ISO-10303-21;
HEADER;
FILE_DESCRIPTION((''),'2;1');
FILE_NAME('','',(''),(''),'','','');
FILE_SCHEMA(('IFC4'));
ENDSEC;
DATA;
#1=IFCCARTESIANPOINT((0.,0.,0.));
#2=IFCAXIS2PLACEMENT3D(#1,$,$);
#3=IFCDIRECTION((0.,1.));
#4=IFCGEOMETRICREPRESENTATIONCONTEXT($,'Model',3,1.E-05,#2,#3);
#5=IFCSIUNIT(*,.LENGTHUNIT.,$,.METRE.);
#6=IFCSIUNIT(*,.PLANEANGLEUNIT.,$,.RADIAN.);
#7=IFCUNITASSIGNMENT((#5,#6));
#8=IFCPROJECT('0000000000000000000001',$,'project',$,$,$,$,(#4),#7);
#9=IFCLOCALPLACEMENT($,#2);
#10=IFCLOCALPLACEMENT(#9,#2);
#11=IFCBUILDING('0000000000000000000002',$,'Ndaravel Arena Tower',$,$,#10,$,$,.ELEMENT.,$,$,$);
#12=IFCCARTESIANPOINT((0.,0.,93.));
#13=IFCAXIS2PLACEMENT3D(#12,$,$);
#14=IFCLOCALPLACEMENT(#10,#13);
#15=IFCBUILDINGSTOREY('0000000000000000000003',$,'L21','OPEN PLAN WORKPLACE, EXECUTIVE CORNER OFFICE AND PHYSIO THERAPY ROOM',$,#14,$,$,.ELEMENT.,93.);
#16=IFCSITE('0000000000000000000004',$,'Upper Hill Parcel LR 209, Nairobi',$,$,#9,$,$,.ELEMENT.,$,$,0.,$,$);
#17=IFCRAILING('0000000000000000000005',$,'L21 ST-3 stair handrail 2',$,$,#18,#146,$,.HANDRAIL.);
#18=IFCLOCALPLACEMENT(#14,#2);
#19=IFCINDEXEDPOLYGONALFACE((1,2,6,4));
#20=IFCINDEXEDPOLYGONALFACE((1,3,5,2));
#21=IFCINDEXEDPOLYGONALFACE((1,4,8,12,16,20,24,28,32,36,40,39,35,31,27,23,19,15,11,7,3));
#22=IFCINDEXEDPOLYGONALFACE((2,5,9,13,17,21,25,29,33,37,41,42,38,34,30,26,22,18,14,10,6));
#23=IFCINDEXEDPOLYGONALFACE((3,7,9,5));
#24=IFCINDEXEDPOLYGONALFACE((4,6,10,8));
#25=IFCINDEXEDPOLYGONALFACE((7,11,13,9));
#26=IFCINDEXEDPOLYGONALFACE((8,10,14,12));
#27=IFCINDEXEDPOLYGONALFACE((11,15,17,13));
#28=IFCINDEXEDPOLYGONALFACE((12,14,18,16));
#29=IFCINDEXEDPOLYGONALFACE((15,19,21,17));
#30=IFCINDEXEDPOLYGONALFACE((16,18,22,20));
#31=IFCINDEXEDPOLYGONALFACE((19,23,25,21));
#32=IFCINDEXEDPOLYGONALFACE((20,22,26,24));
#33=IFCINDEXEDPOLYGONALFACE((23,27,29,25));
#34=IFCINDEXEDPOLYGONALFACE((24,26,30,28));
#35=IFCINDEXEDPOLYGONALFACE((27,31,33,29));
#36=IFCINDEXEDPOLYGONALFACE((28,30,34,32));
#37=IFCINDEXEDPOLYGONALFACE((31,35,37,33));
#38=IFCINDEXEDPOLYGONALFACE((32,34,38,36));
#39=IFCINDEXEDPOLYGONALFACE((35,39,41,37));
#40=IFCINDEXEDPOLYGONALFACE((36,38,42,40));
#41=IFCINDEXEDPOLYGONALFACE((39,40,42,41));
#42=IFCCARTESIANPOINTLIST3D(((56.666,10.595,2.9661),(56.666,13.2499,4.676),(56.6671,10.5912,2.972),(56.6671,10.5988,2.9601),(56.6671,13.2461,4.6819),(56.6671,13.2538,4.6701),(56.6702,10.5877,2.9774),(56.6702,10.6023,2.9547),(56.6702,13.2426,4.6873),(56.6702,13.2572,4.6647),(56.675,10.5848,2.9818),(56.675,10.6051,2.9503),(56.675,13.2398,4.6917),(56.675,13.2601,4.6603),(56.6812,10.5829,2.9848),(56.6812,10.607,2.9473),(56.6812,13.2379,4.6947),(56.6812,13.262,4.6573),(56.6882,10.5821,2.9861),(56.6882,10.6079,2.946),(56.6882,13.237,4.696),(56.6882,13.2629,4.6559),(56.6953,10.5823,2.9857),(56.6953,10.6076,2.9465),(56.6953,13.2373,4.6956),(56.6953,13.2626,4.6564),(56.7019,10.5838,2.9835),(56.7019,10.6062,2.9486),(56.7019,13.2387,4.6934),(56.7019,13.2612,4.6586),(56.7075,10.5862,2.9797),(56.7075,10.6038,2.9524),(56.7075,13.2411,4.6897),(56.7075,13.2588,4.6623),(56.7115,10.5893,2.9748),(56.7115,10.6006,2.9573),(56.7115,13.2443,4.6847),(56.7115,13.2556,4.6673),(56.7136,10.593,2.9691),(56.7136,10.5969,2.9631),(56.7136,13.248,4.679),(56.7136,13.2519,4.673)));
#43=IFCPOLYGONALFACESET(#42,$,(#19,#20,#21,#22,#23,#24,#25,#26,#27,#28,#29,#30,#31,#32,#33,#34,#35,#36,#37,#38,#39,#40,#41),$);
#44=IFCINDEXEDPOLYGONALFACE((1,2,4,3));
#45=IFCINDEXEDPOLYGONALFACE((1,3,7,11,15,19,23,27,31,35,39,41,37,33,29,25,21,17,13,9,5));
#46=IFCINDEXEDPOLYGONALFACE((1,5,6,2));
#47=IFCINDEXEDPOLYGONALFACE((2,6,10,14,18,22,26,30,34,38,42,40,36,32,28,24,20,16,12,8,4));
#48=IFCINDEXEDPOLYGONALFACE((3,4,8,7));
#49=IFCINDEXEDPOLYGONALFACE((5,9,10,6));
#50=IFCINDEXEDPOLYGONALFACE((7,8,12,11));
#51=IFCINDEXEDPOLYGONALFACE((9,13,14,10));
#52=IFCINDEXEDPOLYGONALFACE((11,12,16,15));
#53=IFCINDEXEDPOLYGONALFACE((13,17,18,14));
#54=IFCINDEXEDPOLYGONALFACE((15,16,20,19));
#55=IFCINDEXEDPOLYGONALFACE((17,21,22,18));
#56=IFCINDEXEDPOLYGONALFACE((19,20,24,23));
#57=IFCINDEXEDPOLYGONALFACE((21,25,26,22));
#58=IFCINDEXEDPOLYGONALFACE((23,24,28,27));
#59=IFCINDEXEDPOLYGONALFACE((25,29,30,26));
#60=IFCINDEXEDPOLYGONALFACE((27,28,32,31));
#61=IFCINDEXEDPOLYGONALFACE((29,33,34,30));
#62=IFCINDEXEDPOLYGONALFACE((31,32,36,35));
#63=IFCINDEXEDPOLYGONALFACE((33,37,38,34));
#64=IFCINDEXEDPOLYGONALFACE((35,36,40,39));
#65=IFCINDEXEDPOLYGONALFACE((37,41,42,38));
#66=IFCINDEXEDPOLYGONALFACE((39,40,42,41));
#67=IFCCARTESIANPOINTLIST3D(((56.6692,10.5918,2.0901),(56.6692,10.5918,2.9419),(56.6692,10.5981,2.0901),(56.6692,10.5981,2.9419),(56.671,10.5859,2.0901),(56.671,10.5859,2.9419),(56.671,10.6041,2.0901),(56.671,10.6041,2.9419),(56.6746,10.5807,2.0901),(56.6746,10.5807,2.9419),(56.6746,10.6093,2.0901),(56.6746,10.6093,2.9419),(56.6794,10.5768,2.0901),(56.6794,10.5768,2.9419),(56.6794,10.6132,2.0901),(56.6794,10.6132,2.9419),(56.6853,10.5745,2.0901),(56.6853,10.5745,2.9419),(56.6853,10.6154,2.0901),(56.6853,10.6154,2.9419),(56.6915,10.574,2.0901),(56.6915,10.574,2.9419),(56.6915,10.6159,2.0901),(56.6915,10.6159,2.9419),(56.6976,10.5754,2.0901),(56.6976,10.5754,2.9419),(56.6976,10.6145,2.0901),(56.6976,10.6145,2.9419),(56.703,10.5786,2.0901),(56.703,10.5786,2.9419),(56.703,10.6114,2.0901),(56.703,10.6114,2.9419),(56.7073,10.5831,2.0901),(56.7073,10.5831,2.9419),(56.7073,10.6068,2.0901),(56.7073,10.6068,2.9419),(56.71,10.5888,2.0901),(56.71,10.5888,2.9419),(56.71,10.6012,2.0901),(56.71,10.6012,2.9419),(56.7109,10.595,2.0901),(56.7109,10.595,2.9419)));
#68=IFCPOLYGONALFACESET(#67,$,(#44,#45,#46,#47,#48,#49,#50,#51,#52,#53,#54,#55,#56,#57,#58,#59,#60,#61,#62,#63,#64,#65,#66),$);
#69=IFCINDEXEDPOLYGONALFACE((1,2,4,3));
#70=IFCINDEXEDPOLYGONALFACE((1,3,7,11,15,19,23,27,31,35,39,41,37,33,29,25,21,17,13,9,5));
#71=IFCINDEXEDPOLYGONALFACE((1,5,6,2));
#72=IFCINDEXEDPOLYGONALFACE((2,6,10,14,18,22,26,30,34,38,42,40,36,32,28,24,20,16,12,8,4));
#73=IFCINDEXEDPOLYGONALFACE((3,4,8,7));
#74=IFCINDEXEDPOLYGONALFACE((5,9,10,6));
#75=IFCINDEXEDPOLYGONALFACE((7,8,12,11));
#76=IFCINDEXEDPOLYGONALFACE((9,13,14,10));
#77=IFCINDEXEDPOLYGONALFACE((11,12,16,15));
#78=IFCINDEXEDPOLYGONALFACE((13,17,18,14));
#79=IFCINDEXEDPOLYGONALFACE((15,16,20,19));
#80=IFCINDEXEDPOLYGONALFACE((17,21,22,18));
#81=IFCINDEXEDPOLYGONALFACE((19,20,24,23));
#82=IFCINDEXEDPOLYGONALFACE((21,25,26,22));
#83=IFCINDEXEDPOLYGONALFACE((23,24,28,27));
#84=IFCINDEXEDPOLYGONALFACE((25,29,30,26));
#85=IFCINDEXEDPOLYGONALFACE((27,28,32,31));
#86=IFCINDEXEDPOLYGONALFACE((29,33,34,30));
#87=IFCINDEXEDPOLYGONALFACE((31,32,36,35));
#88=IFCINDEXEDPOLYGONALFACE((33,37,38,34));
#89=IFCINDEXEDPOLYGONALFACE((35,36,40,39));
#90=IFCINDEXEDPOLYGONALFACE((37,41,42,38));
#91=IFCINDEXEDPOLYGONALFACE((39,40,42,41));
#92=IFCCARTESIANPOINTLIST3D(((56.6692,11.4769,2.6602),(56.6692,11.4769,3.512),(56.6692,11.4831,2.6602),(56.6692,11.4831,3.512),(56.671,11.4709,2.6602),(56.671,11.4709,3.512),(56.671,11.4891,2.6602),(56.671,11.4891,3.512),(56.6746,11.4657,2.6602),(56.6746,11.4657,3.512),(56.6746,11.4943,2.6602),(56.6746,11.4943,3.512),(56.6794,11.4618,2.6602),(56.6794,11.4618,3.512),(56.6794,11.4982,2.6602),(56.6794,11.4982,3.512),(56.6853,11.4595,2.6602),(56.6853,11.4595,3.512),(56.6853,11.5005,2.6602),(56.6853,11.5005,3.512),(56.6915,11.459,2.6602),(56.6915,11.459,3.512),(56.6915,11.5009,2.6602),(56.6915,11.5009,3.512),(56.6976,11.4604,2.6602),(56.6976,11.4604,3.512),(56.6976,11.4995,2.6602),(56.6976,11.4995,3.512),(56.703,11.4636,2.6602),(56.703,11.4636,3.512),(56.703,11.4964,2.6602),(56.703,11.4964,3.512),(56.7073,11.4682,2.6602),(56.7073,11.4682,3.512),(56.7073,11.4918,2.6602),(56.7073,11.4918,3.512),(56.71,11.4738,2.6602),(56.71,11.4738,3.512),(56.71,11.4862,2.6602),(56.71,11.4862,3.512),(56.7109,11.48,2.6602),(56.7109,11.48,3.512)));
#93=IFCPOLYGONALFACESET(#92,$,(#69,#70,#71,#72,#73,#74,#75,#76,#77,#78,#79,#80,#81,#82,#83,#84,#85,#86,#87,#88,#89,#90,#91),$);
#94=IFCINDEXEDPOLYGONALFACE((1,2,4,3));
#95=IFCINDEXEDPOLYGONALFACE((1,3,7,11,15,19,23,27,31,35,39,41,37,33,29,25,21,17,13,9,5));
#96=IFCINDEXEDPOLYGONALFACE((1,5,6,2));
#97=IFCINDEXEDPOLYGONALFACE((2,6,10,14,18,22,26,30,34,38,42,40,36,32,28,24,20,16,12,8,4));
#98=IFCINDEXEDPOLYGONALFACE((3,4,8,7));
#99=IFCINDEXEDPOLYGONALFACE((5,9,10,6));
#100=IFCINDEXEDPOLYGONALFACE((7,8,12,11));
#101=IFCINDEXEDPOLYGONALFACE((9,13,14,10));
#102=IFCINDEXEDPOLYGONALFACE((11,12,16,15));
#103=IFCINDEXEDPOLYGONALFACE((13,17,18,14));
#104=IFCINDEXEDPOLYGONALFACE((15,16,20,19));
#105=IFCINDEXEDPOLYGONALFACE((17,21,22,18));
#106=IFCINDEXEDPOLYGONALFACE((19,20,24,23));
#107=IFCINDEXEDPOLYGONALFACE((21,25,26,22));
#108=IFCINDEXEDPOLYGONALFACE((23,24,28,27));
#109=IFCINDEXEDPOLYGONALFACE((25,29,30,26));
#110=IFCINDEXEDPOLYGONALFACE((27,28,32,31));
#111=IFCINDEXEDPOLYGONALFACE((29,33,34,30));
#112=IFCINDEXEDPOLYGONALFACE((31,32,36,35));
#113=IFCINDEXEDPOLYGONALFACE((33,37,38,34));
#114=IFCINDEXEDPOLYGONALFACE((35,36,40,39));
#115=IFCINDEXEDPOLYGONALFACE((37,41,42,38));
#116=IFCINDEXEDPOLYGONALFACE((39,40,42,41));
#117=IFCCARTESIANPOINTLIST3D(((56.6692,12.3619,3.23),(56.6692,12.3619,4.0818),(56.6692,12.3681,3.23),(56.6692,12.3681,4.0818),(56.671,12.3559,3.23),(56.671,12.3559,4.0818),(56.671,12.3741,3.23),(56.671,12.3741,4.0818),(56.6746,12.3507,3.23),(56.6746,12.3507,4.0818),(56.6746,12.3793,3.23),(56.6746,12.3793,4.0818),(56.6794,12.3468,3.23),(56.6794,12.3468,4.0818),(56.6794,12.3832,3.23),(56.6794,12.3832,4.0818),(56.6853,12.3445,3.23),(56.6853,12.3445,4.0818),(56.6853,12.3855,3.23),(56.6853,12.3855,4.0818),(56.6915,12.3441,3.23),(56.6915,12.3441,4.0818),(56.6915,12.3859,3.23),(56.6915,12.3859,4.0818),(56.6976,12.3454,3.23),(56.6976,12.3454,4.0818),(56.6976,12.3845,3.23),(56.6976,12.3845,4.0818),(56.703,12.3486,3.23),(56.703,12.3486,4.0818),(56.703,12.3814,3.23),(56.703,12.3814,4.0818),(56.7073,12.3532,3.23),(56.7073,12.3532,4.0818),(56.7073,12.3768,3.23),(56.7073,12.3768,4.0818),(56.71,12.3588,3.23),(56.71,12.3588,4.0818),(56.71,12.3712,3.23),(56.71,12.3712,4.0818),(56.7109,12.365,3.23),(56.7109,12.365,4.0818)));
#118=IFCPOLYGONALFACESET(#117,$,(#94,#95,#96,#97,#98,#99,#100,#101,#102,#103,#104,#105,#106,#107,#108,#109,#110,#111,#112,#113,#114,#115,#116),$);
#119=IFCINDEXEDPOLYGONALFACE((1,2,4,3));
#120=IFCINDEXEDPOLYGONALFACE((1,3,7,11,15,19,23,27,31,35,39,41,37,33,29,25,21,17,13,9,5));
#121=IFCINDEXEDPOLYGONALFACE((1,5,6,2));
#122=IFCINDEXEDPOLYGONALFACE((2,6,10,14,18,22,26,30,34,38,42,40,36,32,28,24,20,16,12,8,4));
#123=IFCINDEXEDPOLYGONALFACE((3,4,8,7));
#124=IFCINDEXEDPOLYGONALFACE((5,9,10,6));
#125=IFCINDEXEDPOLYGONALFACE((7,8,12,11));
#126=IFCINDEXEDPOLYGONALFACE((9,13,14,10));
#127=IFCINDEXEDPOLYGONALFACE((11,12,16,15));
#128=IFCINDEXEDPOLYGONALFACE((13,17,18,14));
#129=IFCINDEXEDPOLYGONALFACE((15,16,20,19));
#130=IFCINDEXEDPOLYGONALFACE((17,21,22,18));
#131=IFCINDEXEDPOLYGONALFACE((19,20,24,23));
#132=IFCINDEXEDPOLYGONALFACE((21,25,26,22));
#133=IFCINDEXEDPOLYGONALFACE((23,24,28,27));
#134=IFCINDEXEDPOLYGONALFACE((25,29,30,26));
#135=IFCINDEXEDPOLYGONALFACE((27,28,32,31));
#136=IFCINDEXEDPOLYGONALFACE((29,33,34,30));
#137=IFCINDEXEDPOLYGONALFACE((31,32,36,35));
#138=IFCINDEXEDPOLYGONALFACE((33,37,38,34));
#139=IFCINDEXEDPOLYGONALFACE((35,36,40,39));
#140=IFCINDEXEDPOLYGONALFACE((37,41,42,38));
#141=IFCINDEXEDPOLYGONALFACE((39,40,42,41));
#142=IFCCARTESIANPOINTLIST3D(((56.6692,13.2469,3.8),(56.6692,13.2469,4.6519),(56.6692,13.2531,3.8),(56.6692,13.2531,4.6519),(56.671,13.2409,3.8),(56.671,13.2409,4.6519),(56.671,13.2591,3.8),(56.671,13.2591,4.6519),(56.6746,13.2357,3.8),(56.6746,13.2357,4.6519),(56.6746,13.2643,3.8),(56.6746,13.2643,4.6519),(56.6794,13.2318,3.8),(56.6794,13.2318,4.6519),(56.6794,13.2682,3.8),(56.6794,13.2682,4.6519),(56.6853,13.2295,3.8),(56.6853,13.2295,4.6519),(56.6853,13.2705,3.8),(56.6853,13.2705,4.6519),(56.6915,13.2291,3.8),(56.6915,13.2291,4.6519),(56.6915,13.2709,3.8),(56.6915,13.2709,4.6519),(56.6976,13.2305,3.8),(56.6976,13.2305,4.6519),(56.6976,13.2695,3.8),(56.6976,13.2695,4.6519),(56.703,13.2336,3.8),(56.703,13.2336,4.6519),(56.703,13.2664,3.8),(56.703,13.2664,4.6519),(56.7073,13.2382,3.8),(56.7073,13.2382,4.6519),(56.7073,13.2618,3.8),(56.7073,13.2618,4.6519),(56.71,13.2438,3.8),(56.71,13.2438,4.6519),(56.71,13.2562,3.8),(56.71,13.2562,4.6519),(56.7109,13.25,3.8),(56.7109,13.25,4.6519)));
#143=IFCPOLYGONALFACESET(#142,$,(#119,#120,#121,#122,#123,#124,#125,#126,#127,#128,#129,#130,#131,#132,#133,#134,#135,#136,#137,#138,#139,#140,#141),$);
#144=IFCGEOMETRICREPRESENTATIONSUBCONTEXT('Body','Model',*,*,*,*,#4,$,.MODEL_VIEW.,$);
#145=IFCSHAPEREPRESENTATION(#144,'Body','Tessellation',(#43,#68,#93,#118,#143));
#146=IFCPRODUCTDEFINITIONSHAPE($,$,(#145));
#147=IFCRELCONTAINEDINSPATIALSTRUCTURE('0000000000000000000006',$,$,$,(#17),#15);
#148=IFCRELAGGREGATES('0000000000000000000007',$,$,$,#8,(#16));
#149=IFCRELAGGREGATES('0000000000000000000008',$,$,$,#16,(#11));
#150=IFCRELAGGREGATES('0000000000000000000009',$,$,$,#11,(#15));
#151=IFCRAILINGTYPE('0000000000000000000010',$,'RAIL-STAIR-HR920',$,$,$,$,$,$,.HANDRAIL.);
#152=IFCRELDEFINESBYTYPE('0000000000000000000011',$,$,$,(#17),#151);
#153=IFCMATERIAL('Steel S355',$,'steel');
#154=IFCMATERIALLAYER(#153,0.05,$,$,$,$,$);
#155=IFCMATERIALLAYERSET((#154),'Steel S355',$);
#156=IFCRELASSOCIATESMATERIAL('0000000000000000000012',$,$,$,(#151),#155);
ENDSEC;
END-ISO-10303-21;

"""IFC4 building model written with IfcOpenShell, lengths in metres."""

from ifc_helpers import new_model, si_unit, direction, frame, origin, origin_2d, place, context, subcontext, project, spatial, circle, extrude, material, layer, layer_set, type_object, element, save


model = new_model("IFC4")

# Units and contexts
model_context = context("Model", 3, precision=1e-05, world=origin(), true_north=direction((0.0, 1.0)))
body_context = subcontext(model_context, "Body", "Model", "MODEL_VIEW")
ifc_project = project(units=[si_unit("LENGTHUNIT", "METRE"), si_unit("PLANEANGLEUNIT", "RADIAN")], contexts=[model_context])

# Site, building, storey
site_placement = place(None, origin())
site = spatial("IfcSite", under=ifc_project, at=site_placement, Name="Upper Hill Parcel LR 209, Nairobi", CompositionType="ELEMENT", RefElevation=0.0)
building_placement = place(site_placement, origin())
building = spatial("IfcBuilding", under=site, at=building_placement, Name="Ndaravel Arena Tower", CompositionType="ELEMENT")
storey_placement = place(building_placement, frame((0.0, 0.0, 93.0)))
storey = spatial("IfcBuildingStorey", under=building, at=storey_placement, Name="L21", Description="OPEN PLAN WORKPLACE, EXECUTIVE CORNER OFFICE AND PHYSIO THERAPY ROOM", CompositionType="ELEMENT", Elevation=93.0)

# Railing
ifc_material_1 = material(Name="Steel S355", Category="steel")
ifc_layer_1 = layer(ifc_material_1, 0.05)
ifc_layer_set_1 = layer_set([ifc_layer_1], Name="Steel S355")
railing_type_1 = type_object("IfcRailingType", Name="RAIL-STAIR-HR920", PredefinedType="HANDRAIL", material=ifc_layer_set_1)
railing_1_placement = place(storey_placement, frame((56.6899, 10.595, 2.0901)))
element("IfcRailing", 1, at=railing_1_placement, inside=storey, type_object=railing_type_1, Name="L21 ST-3 stair handrail 2", PredefinedType="HANDRAIL", context=body_context, shape_type="SweptSolid", body=[
    extrude(circle(Radius=0.0239, at=origin_2d()), frame((0.0, 0.0, 0.876), z_axis=(0.0, 0.840724, 0.541465), x_axis=(-1.0, 0.0, 0.0)), (0.0, 0.0, 1.0), 3.158),
    extrude(circle(Radius=0.021, at=origin_2d()), origin(), (0.0, 0.0, 1.0), 0.8518),
    extrude(circle(Radius=0.021, at=origin_2d()), frame((0.0, 0.885, 0.5701)), (0.0, 0.0, 1.0), 0.8518),
    extrude(circle(Radius=0.021, at=origin_2d()), frame((0.0, 1.77, 1.1399)), (0.0, 0.0, 1.0), 0.8518),
    extrude(circle(Radius=0.021, at=origin_2d()), frame((0.0, 2.655, 1.71)), (0.0, 0.0, 1.0), 0.8518),
])

save(model, "model.ifc")
